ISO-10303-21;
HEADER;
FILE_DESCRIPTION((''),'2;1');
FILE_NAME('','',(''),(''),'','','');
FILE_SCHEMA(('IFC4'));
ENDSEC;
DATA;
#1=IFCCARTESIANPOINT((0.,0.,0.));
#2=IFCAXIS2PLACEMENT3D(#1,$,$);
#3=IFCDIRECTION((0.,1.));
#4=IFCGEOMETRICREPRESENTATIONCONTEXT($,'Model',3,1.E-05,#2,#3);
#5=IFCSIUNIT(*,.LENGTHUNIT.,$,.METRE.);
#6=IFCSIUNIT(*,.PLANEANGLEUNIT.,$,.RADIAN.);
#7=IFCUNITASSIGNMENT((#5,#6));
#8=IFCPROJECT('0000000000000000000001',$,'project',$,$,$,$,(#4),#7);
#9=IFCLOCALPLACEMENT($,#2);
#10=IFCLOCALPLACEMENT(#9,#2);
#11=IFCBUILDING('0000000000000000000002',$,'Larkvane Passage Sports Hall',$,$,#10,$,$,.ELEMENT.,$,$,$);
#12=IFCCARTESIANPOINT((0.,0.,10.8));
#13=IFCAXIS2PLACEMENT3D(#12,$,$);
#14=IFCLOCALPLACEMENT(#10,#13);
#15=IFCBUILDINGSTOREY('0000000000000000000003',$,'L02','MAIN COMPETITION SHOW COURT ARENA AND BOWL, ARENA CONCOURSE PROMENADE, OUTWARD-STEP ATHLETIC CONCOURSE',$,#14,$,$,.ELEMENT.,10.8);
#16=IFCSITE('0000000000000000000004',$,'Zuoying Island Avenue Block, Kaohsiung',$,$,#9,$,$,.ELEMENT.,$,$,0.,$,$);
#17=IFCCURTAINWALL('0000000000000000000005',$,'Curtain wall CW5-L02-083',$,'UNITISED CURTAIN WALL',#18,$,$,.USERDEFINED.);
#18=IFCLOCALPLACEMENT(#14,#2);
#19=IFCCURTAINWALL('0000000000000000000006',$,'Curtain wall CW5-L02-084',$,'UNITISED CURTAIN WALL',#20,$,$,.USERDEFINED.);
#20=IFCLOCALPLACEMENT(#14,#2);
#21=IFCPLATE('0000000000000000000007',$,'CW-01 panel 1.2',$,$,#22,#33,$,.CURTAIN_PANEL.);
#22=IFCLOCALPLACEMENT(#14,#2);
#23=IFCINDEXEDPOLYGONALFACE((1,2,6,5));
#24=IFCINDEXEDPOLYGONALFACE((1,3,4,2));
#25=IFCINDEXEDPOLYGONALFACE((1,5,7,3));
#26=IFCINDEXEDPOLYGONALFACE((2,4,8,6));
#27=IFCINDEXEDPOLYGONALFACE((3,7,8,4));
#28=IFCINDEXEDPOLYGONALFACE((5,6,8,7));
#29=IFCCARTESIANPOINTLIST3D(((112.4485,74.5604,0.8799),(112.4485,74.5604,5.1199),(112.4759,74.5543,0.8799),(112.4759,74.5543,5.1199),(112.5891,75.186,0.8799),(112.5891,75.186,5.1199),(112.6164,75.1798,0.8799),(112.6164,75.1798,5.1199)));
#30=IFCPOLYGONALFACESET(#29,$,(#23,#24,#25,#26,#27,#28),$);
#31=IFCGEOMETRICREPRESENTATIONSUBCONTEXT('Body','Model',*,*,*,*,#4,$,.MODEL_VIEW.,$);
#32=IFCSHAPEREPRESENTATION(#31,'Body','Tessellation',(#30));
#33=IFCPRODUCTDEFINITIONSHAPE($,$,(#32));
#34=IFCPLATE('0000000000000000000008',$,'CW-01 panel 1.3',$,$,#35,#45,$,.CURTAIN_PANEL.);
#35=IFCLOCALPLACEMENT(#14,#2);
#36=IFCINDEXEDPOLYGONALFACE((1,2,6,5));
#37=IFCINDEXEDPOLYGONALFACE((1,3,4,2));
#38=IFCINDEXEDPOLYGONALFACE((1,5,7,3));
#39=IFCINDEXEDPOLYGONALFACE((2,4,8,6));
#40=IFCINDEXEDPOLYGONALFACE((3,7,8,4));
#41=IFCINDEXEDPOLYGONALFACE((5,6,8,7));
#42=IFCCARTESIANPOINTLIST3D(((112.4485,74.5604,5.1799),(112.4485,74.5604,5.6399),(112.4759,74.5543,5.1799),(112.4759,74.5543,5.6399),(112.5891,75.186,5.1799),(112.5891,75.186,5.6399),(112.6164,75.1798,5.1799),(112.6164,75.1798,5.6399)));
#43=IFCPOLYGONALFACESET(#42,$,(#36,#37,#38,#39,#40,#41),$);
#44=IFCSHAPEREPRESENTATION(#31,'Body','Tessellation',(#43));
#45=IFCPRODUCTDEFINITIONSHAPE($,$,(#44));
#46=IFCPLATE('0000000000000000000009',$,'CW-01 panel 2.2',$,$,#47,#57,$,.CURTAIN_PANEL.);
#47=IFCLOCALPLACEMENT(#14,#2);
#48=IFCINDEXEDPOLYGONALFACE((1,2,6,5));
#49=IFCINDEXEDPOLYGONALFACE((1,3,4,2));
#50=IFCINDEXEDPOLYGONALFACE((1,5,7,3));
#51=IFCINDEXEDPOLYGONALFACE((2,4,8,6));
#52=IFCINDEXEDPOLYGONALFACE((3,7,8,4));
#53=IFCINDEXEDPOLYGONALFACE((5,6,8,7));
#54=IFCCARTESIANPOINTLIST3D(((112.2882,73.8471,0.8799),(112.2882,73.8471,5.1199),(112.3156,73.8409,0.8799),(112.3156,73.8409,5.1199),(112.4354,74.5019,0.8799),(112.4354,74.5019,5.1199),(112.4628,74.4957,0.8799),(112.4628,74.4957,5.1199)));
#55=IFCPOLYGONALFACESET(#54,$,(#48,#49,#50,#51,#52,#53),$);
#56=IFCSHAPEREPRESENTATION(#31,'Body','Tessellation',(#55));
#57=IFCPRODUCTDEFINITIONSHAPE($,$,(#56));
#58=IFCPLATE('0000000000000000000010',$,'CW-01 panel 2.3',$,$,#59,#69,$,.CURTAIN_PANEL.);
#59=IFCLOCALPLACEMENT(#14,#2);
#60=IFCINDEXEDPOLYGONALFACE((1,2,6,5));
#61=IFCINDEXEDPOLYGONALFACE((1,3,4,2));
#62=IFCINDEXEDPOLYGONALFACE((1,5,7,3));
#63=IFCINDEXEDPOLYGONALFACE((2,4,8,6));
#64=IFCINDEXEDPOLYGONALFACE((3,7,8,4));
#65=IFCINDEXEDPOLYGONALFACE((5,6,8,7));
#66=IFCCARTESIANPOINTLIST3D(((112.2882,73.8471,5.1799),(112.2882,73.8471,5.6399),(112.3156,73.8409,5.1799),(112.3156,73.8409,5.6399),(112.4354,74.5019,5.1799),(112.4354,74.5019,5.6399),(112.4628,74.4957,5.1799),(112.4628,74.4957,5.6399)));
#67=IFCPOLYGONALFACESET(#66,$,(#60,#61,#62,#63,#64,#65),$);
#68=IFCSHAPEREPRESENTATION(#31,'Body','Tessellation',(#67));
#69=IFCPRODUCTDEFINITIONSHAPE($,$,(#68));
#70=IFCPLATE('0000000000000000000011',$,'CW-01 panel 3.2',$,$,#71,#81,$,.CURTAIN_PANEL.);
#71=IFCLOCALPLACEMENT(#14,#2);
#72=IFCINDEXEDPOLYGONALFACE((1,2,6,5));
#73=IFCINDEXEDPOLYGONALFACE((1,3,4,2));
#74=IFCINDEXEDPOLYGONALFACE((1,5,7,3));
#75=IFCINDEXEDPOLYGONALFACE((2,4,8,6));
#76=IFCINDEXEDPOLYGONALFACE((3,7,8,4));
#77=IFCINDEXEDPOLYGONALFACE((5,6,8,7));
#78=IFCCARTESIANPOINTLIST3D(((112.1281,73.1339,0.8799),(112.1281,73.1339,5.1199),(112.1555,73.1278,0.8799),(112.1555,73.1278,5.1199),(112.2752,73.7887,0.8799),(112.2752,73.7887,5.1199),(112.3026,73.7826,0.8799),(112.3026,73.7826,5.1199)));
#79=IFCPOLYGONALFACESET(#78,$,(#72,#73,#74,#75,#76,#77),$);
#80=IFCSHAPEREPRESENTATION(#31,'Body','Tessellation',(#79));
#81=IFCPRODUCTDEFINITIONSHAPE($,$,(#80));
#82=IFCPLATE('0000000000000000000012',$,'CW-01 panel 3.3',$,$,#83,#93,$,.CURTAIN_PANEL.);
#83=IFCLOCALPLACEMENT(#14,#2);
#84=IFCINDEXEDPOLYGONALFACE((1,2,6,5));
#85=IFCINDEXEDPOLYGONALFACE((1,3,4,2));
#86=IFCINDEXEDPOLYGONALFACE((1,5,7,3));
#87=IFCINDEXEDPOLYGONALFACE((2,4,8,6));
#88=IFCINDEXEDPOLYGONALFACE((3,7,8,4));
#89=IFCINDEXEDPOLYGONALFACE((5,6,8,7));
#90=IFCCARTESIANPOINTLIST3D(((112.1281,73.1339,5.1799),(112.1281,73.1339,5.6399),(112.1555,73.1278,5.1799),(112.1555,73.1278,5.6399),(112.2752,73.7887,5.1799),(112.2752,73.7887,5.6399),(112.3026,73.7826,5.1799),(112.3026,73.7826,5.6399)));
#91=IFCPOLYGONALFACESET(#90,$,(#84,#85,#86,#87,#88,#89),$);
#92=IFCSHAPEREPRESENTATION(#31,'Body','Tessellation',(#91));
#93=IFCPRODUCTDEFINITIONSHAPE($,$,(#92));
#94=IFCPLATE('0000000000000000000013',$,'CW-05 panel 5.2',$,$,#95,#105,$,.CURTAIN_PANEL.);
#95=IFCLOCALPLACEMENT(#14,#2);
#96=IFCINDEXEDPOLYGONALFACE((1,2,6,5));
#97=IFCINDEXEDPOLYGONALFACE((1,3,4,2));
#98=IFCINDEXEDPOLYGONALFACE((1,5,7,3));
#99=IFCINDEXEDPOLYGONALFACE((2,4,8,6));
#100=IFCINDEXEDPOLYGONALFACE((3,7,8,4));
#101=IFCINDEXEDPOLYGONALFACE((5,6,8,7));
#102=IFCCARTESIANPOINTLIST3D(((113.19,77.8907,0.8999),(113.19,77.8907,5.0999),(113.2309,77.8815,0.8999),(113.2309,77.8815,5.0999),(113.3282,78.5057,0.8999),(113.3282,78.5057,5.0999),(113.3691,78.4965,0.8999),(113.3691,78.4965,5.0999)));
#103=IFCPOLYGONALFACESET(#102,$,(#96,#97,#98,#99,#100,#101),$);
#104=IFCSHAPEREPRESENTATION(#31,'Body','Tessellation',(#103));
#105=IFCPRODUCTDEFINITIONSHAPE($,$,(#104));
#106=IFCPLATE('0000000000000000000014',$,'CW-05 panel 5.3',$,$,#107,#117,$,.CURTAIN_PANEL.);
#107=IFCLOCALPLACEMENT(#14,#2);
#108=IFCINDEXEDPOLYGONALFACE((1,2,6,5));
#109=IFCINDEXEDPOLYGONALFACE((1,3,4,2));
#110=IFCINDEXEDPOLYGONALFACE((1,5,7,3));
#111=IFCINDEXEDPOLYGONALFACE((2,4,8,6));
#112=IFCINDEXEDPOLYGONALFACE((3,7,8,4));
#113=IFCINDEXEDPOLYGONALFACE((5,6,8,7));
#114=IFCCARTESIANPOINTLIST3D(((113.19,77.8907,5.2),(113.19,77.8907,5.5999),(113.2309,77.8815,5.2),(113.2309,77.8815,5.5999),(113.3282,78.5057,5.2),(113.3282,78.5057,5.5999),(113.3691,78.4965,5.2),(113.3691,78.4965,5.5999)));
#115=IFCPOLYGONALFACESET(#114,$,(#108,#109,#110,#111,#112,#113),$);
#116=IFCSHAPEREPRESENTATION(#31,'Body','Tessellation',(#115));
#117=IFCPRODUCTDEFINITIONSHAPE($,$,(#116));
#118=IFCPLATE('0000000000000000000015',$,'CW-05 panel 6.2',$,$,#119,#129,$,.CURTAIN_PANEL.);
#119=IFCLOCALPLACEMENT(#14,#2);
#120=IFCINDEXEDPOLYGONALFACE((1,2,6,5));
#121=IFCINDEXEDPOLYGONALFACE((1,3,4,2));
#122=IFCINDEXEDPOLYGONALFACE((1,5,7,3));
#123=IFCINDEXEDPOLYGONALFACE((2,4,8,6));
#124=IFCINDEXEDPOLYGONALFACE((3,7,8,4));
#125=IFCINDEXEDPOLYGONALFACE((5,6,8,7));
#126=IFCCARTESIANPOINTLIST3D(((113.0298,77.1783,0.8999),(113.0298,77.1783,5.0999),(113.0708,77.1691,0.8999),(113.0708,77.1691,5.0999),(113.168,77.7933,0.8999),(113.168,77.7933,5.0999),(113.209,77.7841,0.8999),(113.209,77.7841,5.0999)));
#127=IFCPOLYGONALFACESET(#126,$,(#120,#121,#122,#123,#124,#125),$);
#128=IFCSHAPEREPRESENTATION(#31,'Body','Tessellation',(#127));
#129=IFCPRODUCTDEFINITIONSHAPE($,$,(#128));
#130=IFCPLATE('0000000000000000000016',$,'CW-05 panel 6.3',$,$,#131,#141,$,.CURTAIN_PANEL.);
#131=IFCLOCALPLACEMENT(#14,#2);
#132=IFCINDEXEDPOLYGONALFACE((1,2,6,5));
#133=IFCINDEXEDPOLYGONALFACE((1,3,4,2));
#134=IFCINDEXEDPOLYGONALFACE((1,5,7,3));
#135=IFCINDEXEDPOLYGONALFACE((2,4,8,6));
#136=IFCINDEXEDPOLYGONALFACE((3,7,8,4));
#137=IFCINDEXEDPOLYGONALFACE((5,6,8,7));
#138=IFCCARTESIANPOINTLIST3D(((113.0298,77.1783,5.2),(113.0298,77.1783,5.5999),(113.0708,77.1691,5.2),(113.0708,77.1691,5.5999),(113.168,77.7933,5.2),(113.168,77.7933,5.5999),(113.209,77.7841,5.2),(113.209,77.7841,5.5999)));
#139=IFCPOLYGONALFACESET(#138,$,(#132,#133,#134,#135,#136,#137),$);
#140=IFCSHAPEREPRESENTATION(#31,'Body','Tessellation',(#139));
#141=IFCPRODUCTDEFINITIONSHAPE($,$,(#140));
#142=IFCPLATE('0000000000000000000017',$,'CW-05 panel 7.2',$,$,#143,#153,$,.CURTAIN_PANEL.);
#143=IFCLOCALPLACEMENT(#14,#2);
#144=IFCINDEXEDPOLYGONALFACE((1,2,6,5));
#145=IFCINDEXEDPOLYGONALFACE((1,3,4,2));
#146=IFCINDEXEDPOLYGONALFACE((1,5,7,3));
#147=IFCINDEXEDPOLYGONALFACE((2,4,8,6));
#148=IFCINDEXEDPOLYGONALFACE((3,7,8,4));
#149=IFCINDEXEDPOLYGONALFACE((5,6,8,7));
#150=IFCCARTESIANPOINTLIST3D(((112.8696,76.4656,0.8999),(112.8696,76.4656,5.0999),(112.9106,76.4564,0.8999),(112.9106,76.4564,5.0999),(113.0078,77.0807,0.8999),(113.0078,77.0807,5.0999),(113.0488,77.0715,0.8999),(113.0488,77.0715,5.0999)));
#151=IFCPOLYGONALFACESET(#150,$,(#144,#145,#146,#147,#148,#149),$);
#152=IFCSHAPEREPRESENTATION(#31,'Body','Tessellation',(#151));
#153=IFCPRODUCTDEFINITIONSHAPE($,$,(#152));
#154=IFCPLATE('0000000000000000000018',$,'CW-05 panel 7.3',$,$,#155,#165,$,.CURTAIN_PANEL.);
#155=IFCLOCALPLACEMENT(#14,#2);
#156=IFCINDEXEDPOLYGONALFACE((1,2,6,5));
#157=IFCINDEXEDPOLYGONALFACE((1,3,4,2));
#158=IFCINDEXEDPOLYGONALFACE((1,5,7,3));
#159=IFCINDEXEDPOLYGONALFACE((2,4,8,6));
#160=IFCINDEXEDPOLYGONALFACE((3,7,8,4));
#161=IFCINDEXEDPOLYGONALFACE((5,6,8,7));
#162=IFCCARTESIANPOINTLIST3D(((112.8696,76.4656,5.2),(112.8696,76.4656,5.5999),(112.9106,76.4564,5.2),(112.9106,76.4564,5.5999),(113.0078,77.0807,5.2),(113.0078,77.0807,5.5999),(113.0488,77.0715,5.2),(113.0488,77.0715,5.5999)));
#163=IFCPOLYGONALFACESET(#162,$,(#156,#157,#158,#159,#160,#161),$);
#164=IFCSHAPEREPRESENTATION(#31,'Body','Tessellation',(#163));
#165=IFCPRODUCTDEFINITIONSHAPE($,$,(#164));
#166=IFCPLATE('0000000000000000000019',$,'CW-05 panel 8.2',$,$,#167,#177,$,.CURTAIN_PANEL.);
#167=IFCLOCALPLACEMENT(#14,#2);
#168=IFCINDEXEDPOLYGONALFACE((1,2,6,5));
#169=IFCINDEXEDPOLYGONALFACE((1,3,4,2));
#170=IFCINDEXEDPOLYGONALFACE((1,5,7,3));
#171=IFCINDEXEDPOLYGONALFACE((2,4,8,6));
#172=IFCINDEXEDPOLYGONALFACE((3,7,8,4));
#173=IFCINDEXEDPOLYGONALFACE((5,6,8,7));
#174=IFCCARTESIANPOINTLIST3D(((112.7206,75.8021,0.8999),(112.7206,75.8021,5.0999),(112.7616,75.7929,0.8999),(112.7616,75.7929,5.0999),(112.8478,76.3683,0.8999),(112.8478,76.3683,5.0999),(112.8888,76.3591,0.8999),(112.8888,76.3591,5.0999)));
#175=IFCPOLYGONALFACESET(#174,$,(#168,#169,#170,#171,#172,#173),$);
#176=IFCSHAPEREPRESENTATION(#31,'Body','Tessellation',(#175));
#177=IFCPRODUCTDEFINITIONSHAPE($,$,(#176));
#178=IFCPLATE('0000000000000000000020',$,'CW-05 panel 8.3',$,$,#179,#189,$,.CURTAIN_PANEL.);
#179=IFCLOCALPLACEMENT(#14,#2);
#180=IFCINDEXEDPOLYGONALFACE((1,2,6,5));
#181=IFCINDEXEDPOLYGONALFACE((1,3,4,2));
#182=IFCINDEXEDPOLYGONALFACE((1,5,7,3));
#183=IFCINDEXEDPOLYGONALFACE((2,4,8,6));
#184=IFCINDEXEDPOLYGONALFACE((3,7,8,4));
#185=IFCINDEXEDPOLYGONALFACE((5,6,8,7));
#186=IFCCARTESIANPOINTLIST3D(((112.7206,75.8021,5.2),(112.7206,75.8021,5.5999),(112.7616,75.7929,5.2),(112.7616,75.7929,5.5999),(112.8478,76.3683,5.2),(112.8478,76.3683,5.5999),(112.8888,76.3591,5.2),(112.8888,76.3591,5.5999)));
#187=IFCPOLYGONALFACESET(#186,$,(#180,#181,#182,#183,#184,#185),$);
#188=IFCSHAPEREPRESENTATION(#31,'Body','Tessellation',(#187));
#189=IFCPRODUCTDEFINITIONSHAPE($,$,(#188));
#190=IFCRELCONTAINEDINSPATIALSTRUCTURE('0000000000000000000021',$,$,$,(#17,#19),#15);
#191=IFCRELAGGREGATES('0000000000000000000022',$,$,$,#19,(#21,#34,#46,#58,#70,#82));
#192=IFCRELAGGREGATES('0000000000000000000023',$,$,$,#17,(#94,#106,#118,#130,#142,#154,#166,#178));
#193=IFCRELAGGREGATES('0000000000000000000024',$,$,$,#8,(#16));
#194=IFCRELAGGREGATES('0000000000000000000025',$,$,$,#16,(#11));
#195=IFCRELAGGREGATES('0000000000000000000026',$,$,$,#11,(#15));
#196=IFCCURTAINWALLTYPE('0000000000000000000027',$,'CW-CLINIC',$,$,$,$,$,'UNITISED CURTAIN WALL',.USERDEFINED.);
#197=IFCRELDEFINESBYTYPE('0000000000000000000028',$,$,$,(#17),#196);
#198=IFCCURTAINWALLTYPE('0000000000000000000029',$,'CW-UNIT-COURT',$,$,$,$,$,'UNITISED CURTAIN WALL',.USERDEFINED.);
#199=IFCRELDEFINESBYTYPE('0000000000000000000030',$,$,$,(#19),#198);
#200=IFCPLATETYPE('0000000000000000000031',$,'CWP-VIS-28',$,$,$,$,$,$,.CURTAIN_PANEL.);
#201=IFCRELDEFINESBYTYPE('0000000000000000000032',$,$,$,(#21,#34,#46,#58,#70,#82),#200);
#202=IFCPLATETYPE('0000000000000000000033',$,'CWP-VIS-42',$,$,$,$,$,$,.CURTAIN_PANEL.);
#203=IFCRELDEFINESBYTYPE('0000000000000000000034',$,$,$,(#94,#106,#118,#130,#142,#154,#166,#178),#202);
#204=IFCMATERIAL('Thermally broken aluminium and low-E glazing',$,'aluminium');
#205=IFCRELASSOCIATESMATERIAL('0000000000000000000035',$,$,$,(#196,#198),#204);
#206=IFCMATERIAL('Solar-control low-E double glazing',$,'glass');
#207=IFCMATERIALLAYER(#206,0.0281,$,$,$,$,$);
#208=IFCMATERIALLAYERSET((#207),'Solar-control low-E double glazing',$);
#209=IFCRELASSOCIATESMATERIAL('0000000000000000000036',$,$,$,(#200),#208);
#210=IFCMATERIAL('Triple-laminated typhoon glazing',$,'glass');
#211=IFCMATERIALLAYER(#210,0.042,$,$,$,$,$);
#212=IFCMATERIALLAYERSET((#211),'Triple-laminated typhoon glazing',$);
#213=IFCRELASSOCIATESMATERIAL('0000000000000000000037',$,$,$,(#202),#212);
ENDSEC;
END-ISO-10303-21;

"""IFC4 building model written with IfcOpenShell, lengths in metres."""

from ifc_helpers import new_model, si_unit, direction, frame, origin, origin_2d, place, context, subcontext, project, spatial, rectangle, extrude, material, layer, layer_set, type_object, element, aggregate, save


model = new_model("IFC4")

# Units and contexts
model_context = context("Model", 3, precision=1e-05, world=origin(), true_north=direction((0.0, 1.0)))
body_context = subcontext(model_context, "Body", "Model", "MODEL_VIEW")
ifc_project = project(units=[si_unit("LENGTHUNIT", "METRE"), si_unit("PLANEANGLEUNIT", "RADIAN")], contexts=[model_context])

# Site, building, storey
site_placement = place(None, origin())
site = spatial("IfcSite", under=ifc_project, at=site_placement, Name="Zuoying Island Avenue Block, Kaohsiung", CompositionType="ELEMENT", RefElevation=0.0)
building_placement = place(site_placement, origin())
building = spatial("IfcBuilding", under=site, at=building_placement, Name="Larkvane Passage Sports Hall", CompositionType="ELEMENT")
storey_placement = place(building_placement, frame((0.0, 0.0, 10.8)))
storey = spatial("IfcBuildingStorey", under=building, at=storey_placement, Name="L02", Description="MAIN COMPETITION SHOW COURT ARENA AND BOWL, ARENA CONCOURSE PROMENADE, OUTWARD-STEP ATHLETIC CONCOURSE", CompositionType="ELEMENT", Elevation=10.8)

# Curtain wall
ifc_material_1 = material(Name="Thermally broken aluminium and low-E glazing", Category="aluminium")
curtain_wall_type_1 = type_object("IfcCurtainWallType", Name="CW-CLINIC", ElementType="UNITISED CURTAIN WALL", PredefinedType="USERDEFINED", material=ifc_material_1)
curtain_wall_1_placement = place(storey_placement, origin())
curtain_wall_1 = element("IfcCurtainWall", 1, at=curtain_wall_1_placement, inside=storey, type_object=curtain_wall_type_1, Name="Curtain wall CW5-L02-083", ObjectType="UNITISED CURTAIN WALL", PredefinedType="USERDEFINED")

# Curtain wall, plates
curtain_wall_type_2 = type_object("IfcCurtainWallType", Name="CW-UNIT-COURT", ElementType="UNITISED CURTAIN WALL", PredefinedType="USERDEFINED", material=ifc_material_1)
curtain_wall_2_placement = place(storey_placement, origin())
curtain_wall_2 = element("IfcCurtainWall", 2, at=curtain_wall_2_placement, inside=storey, type_object=curtain_wall_type_2, Name="Curtain wall CW5-L02-084", ObjectType="UNITISED CURTAIN WALL", PredefinedType="USERDEFINED")
ifc_material_2 = material(Name="Solar-control low-E double glazing", Category="glass")
ifc_layer_1 = layer(ifc_material_2, 0.0281)
ifc_layer_set_1 = layer_set([ifc_layer_1], Name="Solar-control low-E double glazing")
plate_type_1 = type_object("IfcPlateType", Name="CWP-VIS-28", PredefinedType="CURTAIN_PANEL", material=ifc_layer_set_1)
plate_1_placement = place(storey_placement, frame((112.5325, 74.8701, 0.8799), z_axis=(0.0, 0.0, 1.0), x_axis=(-0.219244, -0.97567, 0.0)))
plate_1 = element("IfcPlate", 3, at=plate_1_placement, type_object=plate_type_1, Name="CW-01 panel 1.2", PredefinedType="CURTAIN_PANEL", context=body_context, shape_type="SweptSolid", body=[
    extrude(rectangle(XDim=0.6411, YDim=0.0281, at=origin_2d()), origin(), (0.0, 0.0, 1.0), 4.24),
])
plate_2_placement = place(storey_placement, frame((112.5325, 74.8701, 5.1799), z_axis=(0.0, 0.0, 1.0), x_axis=(-0.219244, -0.97567, 0.0)))
plate_2 = element("IfcPlate", 4, at=plate_2_placement, type_object=plate_type_1, Name="CW-01 panel 1.3", PredefinedType="CURTAIN_PANEL", context=body_context, shape_type="SweptSolid", body=[
    extrude(rectangle(XDim=0.6411, YDim=0.0281, at=origin_2d()), origin(), (0.0, 0.0, 1.0), 0.46),
])
plate_3_placement = place(storey_placement, frame((112.3755, 74.1714, 0.8799), z_axis=(0.0, 0.0, 1.0), x_axis=(-0.219244, -0.97567, 0.0)))
plate_3 = element("IfcPlate", 5, at=plate_3_placement, type_object=plate_type_1, Name="CW-01 panel 2.2", PredefinedType="CURTAIN_PANEL", context=body_context, shape_type="SweptSolid", body=[
    extrude(rectangle(XDim=0.6711, YDim=0.0281, at=origin_2d()), origin(), (0.0, 0.0, 1.0), 4.24),
])
plate_4_placement = place(storey_placement, frame((112.3755, 74.1714, 5.1799), z_axis=(0.0, 0.0, 1.0), x_axis=(-0.219244, -0.97567, 0.0)))
plate_4 = element("IfcPlate", 6, at=plate_4_placement, type_object=plate_type_1, Name="CW-01 panel 2.3", PredefinedType="CURTAIN_PANEL", context=body_context, shape_type="SweptSolid", body=[
    extrude(rectangle(XDim=0.6711, YDim=0.0281, at=origin_2d()), origin(), (0.0, 0.0, 1.0), 0.46),
])
plate_5_placement = place(storey_placement, frame((112.2153, 73.4583, 0.8799), z_axis=(0.0, 0.0, 1.0), x_axis=(-0.219244, -0.97567, 0.0)))
plate_5 = element("IfcPlate", 7, at=plate_5_placement, type_object=plate_type_1, Name="CW-01 panel 3.2", PredefinedType="CURTAIN_PANEL", context=body_context, shape_type="SweptSolid", body=[
    extrude(rectangle(XDim=0.6711, YDim=0.0281, at=origin_2d()), origin(), (0.0, 0.0, 1.0), 4.24),
])
plate_6_placement = place(storey_placement, frame((112.2153, 73.4583, 5.1799), z_axis=(0.0, 0.0, 1.0), x_axis=(-0.219244, -0.97567, 0.0)))
plate_6 = element("IfcPlate", 8, at=plate_6_placement, type_object=plate_type_1, Name="CW-01 panel 3.3", PredefinedType="CURTAIN_PANEL", context=body_context, shape_type="SweptSolid", body=[
    extrude(rectangle(XDim=0.6711, YDim=0.0281, at=origin_2d()), origin(), (0.0, 0.0, 1.0), 0.46),
])
aggregate(curtain_wall_2, [plate_1, plate_2, plate_3, plate_4, plate_5, plate_6])

# Plates
ifc_material_3 = material(Name="Triple-laminated typhoon glazing", Category="glass")
ifc_layer_2 = layer(ifc_material_3, 0.042)
ifc_layer_set_2 = layer_set([ifc_layer_2], Name="Triple-laminated typhoon glazing")
plate_type_2 = type_object("IfcPlateType", Name="CWP-VIS-42", PredefinedType="CURTAIN_PANEL", material=ifc_layer_set_2)
plate_7_placement = place(storey_placement, frame((113.2795, 78.1936, 0.8999), z_axis=(0.0, 0.0, 1.0), x_axis=(-0.219244, -0.97567, 0.0)))
plate_7 = element("IfcPlate", 9, at=plate_7_placement, type_object=plate_type_2, Name="CW-05 panel 5.2", PredefinedType="CURTAIN_PANEL", context=body_context, shape_type="SweptSolid", body=[
    extrude(rectangle(XDim=0.6304, YDim=0.042, at=origin_2d()), origin(), (0.0, 0.0, 1.0), 4.2),
])
plate_8_placement = place(storey_placement, frame((113.2795, 78.1936, 5.2), z_axis=(0.0, 0.0, 1.0), x_axis=(-0.219244, -0.97567, 0.0)))
plate_8 = element("IfcPlate", 10, at=plate_8_placement, type_object=plate_type_2, Name="CW-05 panel 5.3", PredefinedType="CURTAIN_PANEL", context=body_context, shape_type="SweptSolid", body=[
    extrude(rectangle(XDim=0.6304, YDim=0.042, at=origin_2d()), origin(), (0.0, 0.0, 1.0), 0.3999),
])
plate_9_placement = place(storey_placement, frame((113.1194, 77.4812, 0.8999), z_axis=(0.0, 0.0, 1.0), x_axis=(-0.219244, -0.97567, 0.0)))
plate_9 = element("IfcPlate", 11, at=plate_9_placement, type_object=plate_type_2, Name="CW-05 panel 6.2", PredefinedType="CURTAIN_PANEL", context=body_context, shape_type="SweptSolid", body=[
    extrude(rectangle(XDim=0.6304, YDim=0.042, at=origin_2d()), origin(), (0.0, 0.0, 1.0), 4.2),
])
plate_10_placement = place(storey_placement, frame((113.1194, 77.4812, 5.2), z_axis=(0.0, 0.0, 1.0), x_axis=(-0.219244, -0.97567, 0.0)))
plate_10 = element("IfcPlate", 12, at=plate_10_placement, type_object=plate_type_2, Name="CW-05 panel 6.3", PredefinedType="CURTAIN_PANEL", context=body_context, shape_type="SweptSolid", body=[
    extrude(rectangle(XDim=0.6304, YDim=0.042, at=origin_2d()), origin(), (0.0, 0.0, 1.0), 0.3999),
])
plate_11_placement = place(storey_placement, frame((112.9592, 76.7686, 0.8999), z_axis=(0.0, 0.0, 1.0), x_axis=(-0.219244, -0.97567, 0.0)))
plate_11 = element("IfcPlate", 13, at=plate_11_placement, type_object=plate_type_2, Name="CW-05 panel 7.2", PredefinedType="CURTAIN_PANEL", context=body_context, shape_type="SweptSolid", body=[
    extrude(rectangle(XDim=0.6304, YDim=0.042, at=origin_2d()), origin(), (0.0, 0.0, 1.0), 4.2),
])
plate_12_placement = place(storey_placement, frame((112.9592, 76.7686, 5.2), z_axis=(0.0, 0.0, 1.0), x_axis=(-0.219244, -0.97567, 0.0)))
plate_12 = element("IfcPlate", 14, at=plate_12_placement, type_object=plate_type_2, Name="CW-05 panel 7.3", PredefinedType="CURTAIN_PANEL", context=body_context, shape_type="SweptSolid", body=[
    extrude(rectangle(XDim=0.6304, YDim=0.042, at=origin_2d()), origin(), (0.0, 0.0, 1.0), 0.3999),
])
plate_13_placement = place(storey_placement, frame((112.8047, 76.0806, 0.8999), z_axis=(0.0, 0.0, 1.0), x_axis=(-0.219244, -0.97567, 0.0)))
plate_13 = element("IfcPlate", 15, at=plate_13_placement, type_object=plate_type_2, Name="CW-05 panel 8.2", PredefinedType="CURTAIN_PANEL", context=body_context, shape_type="SweptSolid", body=[
    extrude(rectangle(XDim=0.5803, YDim=0.042, at=origin_2d()), origin(), (0.0, 0.0, 1.0), 4.2),
])
plate_14_placement = place(storey_placement, frame((112.8047, 76.0806, 5.2), z_axis=(0.0, 0.0, 1.0), x_axis=(-0.219244, -0.97567, 0.0)))
plate_14 = element("IfcPlate", 16, at=plate_14_placement, type_object=plate_type_2, Name="CW-05 panel 8.3", PredefinedType="CURTAIN_PANEL", context=body_context, shape_type="SweptSolid", body=[
    extrude(rectangle(XDim=0.5803, YDim=0.042, at=origin_2d()), origin(), (0.0, 0.0, 1.0), 0.3999),
])
aggregate(curtain_wall_1, [plate_7, plate_8, plate_9, plate_10, plate_11, plate_12, plate_13, plate_14])

save(model, "model.ifc")
